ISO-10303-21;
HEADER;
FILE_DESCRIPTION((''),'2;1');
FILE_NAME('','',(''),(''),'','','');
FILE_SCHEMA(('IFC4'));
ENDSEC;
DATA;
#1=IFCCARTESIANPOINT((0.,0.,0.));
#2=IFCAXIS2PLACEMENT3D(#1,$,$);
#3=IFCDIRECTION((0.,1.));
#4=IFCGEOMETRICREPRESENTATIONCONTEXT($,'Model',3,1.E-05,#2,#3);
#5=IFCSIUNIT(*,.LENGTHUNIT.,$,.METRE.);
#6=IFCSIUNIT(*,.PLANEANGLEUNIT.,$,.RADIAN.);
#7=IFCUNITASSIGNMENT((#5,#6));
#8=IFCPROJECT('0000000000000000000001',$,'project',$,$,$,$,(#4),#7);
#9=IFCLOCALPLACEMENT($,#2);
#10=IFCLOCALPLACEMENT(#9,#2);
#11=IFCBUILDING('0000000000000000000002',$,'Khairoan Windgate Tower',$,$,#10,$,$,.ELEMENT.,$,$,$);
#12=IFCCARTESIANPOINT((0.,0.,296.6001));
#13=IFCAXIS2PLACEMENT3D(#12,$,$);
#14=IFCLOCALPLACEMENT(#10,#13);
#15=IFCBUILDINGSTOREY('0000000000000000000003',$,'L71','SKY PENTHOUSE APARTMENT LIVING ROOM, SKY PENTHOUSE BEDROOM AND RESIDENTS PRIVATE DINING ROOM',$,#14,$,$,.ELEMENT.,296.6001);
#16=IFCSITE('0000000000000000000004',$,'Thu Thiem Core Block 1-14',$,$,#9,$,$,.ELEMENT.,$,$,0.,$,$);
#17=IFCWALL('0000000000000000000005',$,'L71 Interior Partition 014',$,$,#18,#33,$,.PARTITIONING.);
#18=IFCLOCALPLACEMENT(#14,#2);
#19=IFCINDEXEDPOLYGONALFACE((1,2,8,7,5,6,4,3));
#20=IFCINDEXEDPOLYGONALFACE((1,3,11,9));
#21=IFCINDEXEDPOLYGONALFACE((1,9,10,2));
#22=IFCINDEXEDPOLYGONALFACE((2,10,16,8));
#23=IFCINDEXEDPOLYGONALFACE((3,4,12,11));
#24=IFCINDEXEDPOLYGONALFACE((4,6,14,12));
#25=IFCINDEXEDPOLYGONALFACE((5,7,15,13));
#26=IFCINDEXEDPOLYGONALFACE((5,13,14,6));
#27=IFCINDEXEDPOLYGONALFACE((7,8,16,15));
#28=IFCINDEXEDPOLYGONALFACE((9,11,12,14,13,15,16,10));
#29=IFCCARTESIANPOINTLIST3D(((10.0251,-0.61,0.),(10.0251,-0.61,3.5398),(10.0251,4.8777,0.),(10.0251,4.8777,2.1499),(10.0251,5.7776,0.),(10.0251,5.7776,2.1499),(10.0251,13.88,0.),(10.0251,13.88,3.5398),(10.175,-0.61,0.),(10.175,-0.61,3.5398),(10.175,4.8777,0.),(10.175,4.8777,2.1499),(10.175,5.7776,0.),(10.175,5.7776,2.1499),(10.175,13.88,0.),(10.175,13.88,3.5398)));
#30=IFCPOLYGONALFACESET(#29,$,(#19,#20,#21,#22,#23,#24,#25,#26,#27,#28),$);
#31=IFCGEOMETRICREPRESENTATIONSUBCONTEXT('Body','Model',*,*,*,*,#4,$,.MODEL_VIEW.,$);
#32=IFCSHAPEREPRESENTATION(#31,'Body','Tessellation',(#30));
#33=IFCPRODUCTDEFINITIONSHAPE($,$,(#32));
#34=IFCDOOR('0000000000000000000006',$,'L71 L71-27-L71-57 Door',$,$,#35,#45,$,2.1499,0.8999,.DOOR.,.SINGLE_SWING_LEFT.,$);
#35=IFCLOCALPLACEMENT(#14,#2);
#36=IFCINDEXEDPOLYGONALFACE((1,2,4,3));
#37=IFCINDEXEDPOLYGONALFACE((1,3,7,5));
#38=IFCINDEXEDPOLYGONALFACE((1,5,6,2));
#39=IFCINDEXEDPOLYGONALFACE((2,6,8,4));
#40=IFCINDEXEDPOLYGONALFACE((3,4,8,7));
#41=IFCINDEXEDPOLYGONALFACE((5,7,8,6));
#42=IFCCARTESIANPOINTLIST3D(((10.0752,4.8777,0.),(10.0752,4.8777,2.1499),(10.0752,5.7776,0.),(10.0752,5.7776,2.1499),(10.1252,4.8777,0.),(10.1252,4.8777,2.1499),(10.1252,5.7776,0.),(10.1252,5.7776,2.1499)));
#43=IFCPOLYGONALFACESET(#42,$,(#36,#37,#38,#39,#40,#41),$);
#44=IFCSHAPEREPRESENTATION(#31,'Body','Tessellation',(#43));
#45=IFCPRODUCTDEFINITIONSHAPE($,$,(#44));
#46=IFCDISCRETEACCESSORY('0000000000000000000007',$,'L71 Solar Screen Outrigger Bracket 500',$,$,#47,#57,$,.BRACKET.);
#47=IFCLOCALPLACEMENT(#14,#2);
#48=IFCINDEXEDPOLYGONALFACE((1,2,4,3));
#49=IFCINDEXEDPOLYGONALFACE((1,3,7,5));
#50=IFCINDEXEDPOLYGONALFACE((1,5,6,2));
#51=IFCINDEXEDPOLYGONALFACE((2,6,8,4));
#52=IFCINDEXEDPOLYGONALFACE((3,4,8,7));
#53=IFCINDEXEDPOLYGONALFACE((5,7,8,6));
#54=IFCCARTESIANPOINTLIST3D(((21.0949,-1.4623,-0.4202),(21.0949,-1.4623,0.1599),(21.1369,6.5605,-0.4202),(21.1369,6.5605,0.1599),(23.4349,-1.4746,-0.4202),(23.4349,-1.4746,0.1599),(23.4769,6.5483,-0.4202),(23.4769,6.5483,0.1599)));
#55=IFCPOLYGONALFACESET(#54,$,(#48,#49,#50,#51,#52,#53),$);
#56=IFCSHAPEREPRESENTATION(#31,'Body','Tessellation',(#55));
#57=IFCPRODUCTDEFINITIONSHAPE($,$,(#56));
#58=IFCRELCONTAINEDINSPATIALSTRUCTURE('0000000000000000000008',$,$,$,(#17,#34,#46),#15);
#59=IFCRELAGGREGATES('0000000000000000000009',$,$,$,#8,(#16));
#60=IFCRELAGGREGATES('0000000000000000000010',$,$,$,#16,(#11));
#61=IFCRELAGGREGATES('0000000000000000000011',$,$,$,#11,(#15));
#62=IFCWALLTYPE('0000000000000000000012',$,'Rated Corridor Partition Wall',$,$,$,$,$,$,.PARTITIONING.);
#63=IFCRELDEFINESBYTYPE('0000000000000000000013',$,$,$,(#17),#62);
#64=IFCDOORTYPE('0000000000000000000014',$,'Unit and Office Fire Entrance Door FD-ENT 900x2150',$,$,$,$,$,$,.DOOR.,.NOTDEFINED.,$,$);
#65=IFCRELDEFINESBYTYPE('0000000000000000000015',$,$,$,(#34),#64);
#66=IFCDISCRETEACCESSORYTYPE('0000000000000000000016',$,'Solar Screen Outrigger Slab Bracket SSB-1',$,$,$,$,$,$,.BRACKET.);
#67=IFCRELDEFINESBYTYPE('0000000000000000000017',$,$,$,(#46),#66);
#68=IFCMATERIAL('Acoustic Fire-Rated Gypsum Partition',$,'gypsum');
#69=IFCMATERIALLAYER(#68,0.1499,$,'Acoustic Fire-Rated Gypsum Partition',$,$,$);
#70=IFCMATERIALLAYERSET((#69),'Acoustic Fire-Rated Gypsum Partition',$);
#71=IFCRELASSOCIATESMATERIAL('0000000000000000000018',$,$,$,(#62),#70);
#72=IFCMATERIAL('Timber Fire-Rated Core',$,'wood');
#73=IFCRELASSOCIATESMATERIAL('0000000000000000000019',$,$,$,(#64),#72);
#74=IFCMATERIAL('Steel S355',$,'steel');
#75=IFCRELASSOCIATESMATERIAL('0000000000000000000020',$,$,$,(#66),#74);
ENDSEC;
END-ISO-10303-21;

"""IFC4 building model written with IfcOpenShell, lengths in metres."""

from ifc_helpers import new_model, si_unit, direction, frame, frame_2d, origin, origin_2d, place, context, subcontext, project, spatial, rectangle, extrude, material, layer, layer_set, type_object, element, fill, save


model = new_model("IFC4")

# Units and contexts
model_context = context("Model", 3, precision=1e-05, world=origin(), true_north=direction((0.0, 1.0)))
body_context = subcontext(model_context, "Body", "Model", "MODEL_VIEW")
ifc_project = project(units=[si_unit("LENGTHUNIT", "METRE"), si_unit("PLANEANGLEUNIT", "RADIAN")], contexts=[model_context])

# Site, building, storey
site_placement = place(None, origin())
site = spatial("IfcSite", under=ifc_project, at=site_placement, Name="Thu Thiem Core Block 1-14", CompositionType="ELEMENT", RefElevation=0.0)
building_placement = place(site_placement, origin())
building = spatial("IfcBuilding", under=site, at=building_placement, Name="Khairoan Windgate Tower", CompositionType="ELEMENT")
storey_placement = place(building_placement, frame((0.0, 0.0, 296.6001)))
storey = spatial("IfcBuildingStorey", under=building, at=storey_placement, Name="L71", Description="SKY PENTHOUSE APARTMENT LIVING ROOM, SKY PENTHOUSE BEDROOM AND RESIDENTS PRIVATE DINING ROOM", CompositionType="ELEMENT", Elevation=296.6001)

# Wall, opening, door
ifc_material_1 = material(Name="Acoustic Fire-Rated Gypsum Partition", Category="gypsum")
ifc_layer_1 = layer(ifc_material_1, 0.1499, Name="Acoustic Fire-Rated Gypsum Partition")
ifc_layer_set_1 = layer_set([ifc_layer_1], Name="Acoustic Fire-Rated Gypsum Partition")
wall_type_1 = type_object("IfcWallType", Name="Rated Corridor Partition Wall", PredefinedType="PARTITIONING", material=ifc_layer_set_1)
wall_1_placement = place(storey_placement, frame((10.1001, -0.6101, 0.0), z_axis=(0.0, 0.0, 1.0), x_axis=(0.0, 1.0, 0.0)))
wall_1 = element("IfcWall", 1, at=wall_1_placement, inside=storey, type_object=wall_type_1, Name="L71 Interior Partition 014", PredefinedType="PARTITIONING", context=body_context, shape_type="SweptSolid", body=[
    extrude(rectangle(XDim=14.49, YDim=0.1499, at=frame_2d((7.2451, 0.0))), origin(), (0.0, 0.0, 1.0), 3.5398),
])
opening_1_placement = place(wall_1_placement, frame((5.4878, 0.0, 0.0)))
opening_1 = element("IfcOpeningElement", 2, at=opening_1_placement, cuts=wall_1, PredefinedType="OPENING", context=body_context, shape_type="SweptSolid", body=[
    extrude(rectangle(XDim=0.8999, YDim=2.1499, at=frame_2d((0.45, 1.075))), frame((0.0, 0.085, 0.0), z_axis=(0.0, -1.0, 0.0), x_axis=(1.0, 0.0, 0.0)), (0.0, 0.0, 1.0), 0.1699),
])
ifc_material_2 = material(Name="Timber Fire-Rated Core", Category="wood")
door_type_1 = type_object("IfcDoorType", Name="Unit and Office Fire Entrance Door FD-ENT 900x2150", OperationType="NOTDEFINED", PredefinedType="DOOR", material=ifc_material_2)
door_1_placement = place(opening_1_placement, origin())
door_1 = element("IfcDoor", 3, at=door_1_placement, inside=storey, type_object=door_type_1, Name="L71 L71-27-L71-57 Door", OperationType="SINGLE_SWING_LEFT", OverallHeight=2.1499, OverallWidth=0.8999, PredefinedType="DOOR", context=body_context, shape_type="SweptSolid", body=[
    extrude(rectangle(XDim=0.8999, YDim=2.1499, at=frame_2d((0.45, 1.075))), frame((0.0, 0.0249, 0.0), z_axis=(0.0, -1.0, 0.0), x_axis=(1.0, 0.0, 0.0)), (0.0, 0.0, 1.0), 0.05),
])
fill(opening_1, door_1)

# Discrete accessory
ifc_material_3 = material(Name="Steel S355", Category="steel")
discrete_accessory_type = type_object("IfcDiscreteAccessoryType", Name="Solar Screen Outrigger Slab Bracket SSB-1", PredefinedType="BRACKET", material=ifc_material_3)
discrete_accessory_placement = place(storey_placement, frame((22.2859, 2.543, -0.4202), z_axis=(0.0, 0.0, 1.0), x_axis=(-0.005236, -0.999986, 0.0)))
element("IfcDiscreteAccessory", 4, at=discrete_accessory_placement, inside=storey, type_object=discrete_accessory_type, Name="L71 Solar Screen Outrigger Bracket 500", PredefinedType="BRACKET", context=body_context, shape_type="SweptSolid", body=[
    extrude(rectangle(XDim=8.0229, YDim=2.3401, at=origin_2d()), origin(), (0.0, 0.0, 1.0), 0.5801),
])

save(model, "model.ifc")
